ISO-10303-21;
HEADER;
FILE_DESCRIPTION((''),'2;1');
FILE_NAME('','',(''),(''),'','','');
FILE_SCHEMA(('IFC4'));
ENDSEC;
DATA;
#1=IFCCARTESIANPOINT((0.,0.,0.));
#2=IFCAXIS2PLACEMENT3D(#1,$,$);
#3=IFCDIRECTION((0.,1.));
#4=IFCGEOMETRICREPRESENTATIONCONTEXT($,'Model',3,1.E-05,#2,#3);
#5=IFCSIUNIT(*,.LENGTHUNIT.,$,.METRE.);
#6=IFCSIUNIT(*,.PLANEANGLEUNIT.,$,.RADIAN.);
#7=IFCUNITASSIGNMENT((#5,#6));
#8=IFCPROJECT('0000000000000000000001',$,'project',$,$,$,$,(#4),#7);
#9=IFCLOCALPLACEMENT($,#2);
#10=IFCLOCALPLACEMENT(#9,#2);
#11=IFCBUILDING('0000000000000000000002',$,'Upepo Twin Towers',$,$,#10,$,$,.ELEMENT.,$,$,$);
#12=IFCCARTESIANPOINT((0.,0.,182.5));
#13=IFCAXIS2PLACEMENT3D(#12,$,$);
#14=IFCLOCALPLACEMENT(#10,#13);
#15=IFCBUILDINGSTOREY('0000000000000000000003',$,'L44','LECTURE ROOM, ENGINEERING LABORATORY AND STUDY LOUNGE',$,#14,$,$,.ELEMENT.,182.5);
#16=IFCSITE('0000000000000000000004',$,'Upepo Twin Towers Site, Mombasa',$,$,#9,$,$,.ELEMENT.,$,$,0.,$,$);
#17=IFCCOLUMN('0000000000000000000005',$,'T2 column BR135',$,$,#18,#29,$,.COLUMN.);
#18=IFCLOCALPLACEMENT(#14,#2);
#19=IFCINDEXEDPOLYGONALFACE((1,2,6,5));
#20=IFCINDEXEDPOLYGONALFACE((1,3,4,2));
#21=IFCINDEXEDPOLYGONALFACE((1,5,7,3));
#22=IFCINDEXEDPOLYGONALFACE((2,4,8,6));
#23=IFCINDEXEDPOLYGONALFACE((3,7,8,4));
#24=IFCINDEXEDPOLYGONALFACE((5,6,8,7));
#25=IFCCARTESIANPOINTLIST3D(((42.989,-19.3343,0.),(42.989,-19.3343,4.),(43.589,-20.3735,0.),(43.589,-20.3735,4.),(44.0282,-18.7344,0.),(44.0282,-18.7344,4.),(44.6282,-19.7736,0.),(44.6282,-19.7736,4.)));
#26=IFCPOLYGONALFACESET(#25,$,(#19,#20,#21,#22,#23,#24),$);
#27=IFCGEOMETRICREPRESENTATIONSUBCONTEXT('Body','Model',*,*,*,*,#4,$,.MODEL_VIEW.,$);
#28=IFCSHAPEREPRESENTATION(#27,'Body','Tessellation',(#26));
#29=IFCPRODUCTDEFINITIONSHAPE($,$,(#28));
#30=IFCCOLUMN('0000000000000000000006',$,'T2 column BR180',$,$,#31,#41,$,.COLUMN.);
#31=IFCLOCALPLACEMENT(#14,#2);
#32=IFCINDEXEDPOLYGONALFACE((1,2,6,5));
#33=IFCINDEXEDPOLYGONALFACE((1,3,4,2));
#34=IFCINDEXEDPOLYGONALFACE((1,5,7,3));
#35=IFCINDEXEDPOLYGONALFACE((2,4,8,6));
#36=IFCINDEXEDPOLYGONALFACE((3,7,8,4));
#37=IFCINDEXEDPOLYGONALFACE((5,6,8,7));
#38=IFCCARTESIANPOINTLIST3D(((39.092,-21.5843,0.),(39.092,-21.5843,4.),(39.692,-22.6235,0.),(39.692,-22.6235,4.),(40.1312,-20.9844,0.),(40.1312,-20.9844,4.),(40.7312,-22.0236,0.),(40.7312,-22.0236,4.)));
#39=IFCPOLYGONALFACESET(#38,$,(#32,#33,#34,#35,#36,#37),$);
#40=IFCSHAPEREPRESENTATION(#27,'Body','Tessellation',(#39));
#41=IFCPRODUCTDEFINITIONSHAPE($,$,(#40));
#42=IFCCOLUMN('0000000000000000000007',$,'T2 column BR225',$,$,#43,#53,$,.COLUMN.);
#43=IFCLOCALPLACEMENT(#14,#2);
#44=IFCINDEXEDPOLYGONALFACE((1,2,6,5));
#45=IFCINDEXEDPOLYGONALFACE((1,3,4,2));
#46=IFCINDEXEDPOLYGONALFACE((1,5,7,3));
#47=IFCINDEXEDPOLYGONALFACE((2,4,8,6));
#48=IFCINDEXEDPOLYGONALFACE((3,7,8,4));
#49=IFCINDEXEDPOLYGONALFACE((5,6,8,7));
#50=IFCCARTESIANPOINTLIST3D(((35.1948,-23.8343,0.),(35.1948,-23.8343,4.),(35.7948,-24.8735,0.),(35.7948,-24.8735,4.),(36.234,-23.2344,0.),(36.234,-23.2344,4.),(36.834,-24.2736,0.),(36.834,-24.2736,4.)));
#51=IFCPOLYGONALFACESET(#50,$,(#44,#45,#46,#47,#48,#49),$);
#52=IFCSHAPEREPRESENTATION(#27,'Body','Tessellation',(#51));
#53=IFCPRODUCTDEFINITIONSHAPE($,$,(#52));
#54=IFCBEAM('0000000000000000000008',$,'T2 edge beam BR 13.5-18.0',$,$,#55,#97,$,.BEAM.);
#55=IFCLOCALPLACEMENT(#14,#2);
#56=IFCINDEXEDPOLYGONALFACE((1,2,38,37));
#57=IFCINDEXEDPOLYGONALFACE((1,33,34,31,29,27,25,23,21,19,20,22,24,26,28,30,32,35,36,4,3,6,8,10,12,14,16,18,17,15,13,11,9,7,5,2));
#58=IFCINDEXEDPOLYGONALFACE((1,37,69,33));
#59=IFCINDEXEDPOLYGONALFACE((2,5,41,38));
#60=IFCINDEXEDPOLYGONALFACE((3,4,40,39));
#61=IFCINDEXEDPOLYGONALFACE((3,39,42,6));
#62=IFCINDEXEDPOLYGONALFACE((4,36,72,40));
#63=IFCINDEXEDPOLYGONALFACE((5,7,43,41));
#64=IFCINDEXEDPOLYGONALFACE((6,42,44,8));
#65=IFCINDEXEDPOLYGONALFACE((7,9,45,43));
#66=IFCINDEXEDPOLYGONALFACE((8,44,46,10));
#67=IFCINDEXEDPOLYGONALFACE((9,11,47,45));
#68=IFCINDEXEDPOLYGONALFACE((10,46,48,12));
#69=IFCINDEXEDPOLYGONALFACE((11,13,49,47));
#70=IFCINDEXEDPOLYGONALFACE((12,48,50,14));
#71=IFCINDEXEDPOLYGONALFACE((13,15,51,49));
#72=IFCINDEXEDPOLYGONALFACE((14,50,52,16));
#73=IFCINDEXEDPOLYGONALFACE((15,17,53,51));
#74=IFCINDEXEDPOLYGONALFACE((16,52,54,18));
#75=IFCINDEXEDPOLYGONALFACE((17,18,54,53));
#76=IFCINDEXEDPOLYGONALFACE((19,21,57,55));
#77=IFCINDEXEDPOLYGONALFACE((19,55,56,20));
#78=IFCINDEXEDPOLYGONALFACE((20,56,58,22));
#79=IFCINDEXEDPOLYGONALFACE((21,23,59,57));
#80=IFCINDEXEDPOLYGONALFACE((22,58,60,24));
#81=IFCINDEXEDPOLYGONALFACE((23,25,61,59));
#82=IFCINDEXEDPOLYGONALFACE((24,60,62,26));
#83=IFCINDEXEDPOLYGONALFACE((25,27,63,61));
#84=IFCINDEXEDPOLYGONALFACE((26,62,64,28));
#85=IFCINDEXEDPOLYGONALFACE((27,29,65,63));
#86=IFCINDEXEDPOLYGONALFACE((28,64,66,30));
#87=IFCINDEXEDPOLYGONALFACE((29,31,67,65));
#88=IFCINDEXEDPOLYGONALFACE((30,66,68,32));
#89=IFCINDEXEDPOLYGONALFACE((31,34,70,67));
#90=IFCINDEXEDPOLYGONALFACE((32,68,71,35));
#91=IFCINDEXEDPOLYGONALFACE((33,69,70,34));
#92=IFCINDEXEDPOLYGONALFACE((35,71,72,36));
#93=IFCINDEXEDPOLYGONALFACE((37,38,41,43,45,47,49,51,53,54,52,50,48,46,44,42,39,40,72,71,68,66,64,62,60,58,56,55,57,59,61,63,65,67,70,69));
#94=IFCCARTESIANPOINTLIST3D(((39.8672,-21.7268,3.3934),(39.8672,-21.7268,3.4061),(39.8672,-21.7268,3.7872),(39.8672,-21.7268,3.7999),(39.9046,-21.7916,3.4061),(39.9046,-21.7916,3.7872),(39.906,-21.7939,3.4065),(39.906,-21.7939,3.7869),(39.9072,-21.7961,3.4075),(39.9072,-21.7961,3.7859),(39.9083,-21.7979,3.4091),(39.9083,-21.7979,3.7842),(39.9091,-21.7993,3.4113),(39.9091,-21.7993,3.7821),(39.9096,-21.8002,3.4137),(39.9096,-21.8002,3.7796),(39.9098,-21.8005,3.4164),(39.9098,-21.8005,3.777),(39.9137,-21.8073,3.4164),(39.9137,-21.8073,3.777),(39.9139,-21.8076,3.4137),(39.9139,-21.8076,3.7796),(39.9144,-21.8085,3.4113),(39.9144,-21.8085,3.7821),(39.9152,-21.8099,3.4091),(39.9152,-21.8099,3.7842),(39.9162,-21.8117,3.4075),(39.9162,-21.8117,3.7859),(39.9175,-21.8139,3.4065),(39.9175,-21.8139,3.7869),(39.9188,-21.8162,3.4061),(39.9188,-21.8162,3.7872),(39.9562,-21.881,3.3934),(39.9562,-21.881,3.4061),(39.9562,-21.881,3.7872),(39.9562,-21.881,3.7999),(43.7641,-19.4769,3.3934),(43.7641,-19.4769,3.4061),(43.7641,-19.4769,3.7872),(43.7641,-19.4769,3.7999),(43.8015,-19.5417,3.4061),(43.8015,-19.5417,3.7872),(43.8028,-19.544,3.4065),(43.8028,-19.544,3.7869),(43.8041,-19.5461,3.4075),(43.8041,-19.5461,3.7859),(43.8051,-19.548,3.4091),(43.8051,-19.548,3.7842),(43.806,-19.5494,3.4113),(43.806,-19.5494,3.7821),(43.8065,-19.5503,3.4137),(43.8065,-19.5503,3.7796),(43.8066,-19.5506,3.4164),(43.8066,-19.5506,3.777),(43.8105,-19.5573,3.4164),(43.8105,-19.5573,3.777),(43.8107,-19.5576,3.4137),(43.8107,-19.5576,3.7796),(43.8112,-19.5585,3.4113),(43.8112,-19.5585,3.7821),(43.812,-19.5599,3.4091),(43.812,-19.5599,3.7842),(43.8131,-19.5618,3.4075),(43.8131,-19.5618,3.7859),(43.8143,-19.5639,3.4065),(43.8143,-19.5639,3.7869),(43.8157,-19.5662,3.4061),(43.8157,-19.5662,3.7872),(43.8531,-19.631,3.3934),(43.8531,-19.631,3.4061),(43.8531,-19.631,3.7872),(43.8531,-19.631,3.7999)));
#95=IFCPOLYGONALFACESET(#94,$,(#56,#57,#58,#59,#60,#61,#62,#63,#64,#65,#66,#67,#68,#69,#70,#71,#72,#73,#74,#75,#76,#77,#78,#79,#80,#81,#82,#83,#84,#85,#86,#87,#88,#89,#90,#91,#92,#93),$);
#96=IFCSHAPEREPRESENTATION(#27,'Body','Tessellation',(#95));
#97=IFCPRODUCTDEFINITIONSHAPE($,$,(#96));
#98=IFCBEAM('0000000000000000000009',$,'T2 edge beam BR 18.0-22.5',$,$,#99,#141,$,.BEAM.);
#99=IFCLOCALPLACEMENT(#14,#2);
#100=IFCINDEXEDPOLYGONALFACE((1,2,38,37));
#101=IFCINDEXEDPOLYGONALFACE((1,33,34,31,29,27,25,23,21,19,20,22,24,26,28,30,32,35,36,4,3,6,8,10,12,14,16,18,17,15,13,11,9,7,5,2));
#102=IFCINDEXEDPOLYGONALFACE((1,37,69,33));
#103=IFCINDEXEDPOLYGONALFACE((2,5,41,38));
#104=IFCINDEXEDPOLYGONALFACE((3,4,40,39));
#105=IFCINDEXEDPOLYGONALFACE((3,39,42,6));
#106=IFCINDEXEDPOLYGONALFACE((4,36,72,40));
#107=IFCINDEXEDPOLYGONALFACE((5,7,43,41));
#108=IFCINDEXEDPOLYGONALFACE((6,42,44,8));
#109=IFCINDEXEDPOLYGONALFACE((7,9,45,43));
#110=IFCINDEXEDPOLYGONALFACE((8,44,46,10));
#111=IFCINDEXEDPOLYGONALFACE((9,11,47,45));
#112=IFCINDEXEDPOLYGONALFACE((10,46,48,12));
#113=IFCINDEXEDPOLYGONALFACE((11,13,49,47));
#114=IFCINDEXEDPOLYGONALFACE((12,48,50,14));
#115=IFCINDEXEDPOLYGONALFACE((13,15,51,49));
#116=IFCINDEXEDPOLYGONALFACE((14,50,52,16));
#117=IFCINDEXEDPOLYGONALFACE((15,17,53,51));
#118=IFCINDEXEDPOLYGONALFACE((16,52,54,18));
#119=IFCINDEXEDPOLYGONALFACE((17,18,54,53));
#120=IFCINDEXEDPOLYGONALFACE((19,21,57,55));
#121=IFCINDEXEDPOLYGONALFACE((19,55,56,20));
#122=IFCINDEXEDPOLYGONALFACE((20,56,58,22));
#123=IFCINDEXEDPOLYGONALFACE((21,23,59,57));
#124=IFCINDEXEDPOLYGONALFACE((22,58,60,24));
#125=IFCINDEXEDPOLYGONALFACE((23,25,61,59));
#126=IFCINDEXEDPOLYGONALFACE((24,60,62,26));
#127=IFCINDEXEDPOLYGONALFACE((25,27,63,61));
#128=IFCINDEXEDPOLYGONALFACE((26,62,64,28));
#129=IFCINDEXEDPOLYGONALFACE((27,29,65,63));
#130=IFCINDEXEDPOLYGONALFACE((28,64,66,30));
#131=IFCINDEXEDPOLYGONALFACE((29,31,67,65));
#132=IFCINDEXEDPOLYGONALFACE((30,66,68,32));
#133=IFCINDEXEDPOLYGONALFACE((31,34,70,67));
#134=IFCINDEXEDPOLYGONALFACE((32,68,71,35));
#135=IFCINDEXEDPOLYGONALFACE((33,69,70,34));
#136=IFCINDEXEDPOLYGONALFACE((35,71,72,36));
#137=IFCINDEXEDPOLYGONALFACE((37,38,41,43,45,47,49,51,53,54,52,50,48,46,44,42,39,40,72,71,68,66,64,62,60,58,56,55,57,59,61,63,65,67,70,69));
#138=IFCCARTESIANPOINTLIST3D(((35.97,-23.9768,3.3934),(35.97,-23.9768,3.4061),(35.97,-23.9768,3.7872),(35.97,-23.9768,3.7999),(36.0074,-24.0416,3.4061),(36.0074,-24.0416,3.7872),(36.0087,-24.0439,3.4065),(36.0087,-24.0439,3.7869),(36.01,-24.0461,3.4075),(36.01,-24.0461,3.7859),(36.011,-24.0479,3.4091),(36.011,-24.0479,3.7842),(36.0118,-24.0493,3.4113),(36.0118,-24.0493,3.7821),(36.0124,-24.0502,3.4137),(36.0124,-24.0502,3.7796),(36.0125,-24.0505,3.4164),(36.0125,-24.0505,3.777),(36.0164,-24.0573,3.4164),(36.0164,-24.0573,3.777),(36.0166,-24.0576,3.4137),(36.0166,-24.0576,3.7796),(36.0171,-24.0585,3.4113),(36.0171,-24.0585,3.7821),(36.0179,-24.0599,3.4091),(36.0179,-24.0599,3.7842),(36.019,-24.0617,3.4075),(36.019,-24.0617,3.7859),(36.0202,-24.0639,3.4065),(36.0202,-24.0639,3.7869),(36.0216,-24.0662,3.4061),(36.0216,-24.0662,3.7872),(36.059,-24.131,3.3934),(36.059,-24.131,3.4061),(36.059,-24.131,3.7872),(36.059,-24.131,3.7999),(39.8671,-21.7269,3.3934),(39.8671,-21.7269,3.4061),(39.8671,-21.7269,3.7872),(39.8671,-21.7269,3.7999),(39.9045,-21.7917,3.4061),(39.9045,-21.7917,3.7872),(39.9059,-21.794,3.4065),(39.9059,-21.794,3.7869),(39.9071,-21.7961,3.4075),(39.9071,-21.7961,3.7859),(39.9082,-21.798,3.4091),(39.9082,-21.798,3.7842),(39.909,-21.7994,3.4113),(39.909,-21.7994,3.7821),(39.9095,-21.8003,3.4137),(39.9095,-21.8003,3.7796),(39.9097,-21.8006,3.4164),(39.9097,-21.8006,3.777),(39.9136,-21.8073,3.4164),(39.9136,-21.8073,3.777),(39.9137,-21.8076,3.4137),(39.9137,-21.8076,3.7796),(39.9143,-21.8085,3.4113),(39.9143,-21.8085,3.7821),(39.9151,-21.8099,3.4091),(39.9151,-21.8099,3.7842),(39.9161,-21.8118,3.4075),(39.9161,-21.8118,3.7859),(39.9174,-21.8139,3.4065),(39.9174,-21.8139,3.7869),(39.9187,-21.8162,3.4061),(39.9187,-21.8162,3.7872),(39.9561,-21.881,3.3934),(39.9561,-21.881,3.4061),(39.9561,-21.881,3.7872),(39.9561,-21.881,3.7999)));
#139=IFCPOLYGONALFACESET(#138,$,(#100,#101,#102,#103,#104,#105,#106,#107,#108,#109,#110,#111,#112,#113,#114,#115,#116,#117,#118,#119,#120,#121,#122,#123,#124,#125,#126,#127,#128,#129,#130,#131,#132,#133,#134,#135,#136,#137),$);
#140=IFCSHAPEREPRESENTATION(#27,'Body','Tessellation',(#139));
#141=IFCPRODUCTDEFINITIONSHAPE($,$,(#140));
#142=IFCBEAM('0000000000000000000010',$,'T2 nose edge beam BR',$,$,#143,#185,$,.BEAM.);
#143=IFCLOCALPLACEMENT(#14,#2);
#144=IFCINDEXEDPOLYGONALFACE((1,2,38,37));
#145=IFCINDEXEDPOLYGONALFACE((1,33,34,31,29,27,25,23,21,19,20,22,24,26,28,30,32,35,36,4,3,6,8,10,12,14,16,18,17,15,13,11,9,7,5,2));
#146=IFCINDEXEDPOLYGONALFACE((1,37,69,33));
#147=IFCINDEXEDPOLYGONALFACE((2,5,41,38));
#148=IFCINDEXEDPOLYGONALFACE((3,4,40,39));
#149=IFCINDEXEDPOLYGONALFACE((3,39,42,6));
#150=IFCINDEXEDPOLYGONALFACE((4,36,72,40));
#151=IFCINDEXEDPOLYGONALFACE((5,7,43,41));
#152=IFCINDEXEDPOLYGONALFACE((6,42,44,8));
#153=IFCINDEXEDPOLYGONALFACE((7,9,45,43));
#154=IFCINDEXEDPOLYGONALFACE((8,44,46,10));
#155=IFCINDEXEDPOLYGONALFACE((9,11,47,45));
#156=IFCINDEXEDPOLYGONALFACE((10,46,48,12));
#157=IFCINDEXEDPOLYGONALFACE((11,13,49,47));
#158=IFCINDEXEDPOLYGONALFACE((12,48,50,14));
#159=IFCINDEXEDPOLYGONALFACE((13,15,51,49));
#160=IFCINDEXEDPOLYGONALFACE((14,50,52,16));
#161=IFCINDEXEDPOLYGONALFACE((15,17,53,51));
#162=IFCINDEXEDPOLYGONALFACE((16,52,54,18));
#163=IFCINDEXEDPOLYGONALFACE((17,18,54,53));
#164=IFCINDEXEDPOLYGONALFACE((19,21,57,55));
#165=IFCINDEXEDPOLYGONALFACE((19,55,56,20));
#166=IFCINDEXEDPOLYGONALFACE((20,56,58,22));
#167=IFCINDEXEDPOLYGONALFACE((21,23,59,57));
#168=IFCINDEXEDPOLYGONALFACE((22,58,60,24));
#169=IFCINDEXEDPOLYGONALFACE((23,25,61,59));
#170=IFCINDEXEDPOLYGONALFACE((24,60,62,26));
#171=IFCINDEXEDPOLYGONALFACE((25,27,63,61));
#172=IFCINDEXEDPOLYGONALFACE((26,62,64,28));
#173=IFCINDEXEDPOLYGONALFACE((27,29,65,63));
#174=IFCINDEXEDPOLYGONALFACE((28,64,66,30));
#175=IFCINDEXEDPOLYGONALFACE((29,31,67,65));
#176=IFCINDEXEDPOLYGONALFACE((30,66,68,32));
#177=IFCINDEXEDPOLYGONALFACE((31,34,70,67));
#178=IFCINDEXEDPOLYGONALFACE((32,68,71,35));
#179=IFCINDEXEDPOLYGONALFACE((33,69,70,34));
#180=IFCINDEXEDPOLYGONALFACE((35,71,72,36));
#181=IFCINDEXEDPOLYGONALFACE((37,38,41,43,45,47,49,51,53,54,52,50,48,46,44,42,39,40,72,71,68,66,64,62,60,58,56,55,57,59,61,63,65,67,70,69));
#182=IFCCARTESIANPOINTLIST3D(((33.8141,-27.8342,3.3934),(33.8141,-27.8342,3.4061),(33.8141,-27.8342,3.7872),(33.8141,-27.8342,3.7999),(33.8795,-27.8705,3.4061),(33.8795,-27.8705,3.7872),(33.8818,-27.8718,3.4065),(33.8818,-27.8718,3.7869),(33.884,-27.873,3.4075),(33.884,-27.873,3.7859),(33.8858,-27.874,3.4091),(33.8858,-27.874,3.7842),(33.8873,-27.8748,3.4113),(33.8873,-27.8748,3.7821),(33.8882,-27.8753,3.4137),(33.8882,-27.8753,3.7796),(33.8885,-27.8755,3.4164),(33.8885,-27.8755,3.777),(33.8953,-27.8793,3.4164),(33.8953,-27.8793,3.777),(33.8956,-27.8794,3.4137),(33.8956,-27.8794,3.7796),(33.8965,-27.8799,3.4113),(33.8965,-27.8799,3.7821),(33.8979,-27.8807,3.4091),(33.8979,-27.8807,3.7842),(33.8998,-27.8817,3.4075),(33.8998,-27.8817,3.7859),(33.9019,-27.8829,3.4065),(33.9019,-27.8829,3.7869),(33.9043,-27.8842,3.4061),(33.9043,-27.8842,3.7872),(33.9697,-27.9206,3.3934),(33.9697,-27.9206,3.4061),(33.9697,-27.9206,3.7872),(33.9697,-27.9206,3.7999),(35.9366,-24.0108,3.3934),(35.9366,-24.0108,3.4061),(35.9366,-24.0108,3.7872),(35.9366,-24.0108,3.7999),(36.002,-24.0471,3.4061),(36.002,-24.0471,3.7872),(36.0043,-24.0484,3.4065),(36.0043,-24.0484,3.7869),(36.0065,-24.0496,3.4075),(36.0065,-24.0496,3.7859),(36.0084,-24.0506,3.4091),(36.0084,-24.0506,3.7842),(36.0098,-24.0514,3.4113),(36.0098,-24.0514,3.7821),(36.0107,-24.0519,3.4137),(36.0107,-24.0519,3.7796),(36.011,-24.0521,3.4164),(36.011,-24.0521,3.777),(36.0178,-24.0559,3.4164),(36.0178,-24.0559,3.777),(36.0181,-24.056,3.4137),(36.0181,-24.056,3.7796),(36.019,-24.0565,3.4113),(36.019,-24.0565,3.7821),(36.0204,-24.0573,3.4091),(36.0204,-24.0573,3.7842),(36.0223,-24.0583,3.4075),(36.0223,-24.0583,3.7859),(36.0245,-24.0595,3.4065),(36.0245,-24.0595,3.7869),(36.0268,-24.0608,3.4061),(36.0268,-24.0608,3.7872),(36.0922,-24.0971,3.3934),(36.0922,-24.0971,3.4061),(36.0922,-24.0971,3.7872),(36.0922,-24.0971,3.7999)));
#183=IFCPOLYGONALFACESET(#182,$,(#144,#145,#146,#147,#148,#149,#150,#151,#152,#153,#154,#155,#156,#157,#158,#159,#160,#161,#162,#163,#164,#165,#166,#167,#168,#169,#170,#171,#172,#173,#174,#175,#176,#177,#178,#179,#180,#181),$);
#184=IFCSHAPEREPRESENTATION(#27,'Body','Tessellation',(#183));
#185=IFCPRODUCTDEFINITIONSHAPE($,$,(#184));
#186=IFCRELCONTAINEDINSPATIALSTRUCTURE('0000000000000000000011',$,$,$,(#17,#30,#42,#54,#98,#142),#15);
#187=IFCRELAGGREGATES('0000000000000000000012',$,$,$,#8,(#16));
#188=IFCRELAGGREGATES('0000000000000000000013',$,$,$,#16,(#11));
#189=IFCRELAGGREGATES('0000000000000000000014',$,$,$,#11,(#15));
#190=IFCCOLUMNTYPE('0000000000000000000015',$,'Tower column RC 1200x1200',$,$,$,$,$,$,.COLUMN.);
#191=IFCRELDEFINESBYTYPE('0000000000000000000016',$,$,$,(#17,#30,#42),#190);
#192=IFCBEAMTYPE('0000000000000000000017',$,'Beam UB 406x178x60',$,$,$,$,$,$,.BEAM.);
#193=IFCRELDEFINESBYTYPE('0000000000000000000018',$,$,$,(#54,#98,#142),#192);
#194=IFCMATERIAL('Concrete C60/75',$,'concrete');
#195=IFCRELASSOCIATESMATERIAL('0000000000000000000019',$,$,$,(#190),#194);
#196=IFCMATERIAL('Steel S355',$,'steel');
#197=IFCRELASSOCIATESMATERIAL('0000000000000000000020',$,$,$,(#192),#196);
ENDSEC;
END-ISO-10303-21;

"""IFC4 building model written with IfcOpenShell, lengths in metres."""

from ifc_helpers import new_model, si_unit, direction, frame, origin, origin_2d, place, context, subcontext, project, spatial, rectangle, i_section, extrude, material, material_profile, profile_set, type_object, element, save


model = new_model("IFC4")

# Units and contexts
model_context = context("Model", 3, precision=1e-05, world=origin(), true_north=direction((0.0, 1.0)))
body_context = subcontext(model_context, "Body", "Model", "MODEL_VIEW")
ifc_project = project(units=[si_unit("LENGTHUNIT", "METRE"), si_unit("PLANEANGLEUNIT", "RADIAN")], contexts=[model_context])

# Site, building, storey
site_placement = place(None, origin())
site = spatial("IfcSite", under=ifc_project, at=site_placement, Name="Upepo Twin Towers Site, Mombasa", CompositionType="ELEMENT", RefElevation=0.0)
building_placement = place(site_placement, origin())
building = spatial("IfcBuilding", under=site, at=building_placement, Name="Upepo Twin Towers", CompositionType="ELEMENT")
storey_placement = place(building_placement, frame((0.0, 0.0, 182.5)))
storey = spatial("IfcBuildingStorey", under=building, at=storey_placement, Name="L44", Description="LECTURE ROOM, ENGINEERING LABORATORY AND STUDY LOUNGE", CompositionType="ELEMENT", Elevation=182.5)

# Columns
ifc_material_1 = material(Name="Concrete C60/75", Category="concrete")
ifc_material_profile_1 = material_profile(ifc_material_1, rectangle(XDim=1.2, YDim=1.2, at=origin_2d()), Name="RC 1200x1200")
ifc_profile_set_1 = profile_set([ifc_material_profile_1], Name="Concrete C60/75")
column_type = type_object("IfcColumnType", Name="Tower column RC 1200x1200", PredefinedType="COLUMN", material=ifc_profile_set_1)
for number, where, z_axis, x_axis, name in (
    (1, (43.8086, -19.554, 0.0), (0.0, 0.0, 1.0), (0.866025, 0.5, 0.0), "T2 column BR135"),
    (2, (39.9116, -21.804, 0.0), (0.0, 0.0, 1.0), (0.866025, 0.5, 0.0), "T2 column BR180"),
    (3, (36.0144, -24.054, 0.0), (0.0, 0.0, 1.0), (0.866025, 0.5, 0.0), "T2 column BR225"),
):
    element("IfcColumn", number, at=place(storey_placement, frame(where, z_axis=z_axis, x_axis=x_axis)), inside=storey, type_object=column_type, Name=name, PredefinedType="COLUMN", context=body_context, shape_type="SweptSolid", body=[
        extrude(rectangle(XDim=1.2, YDim=1.2, at=origin_2d()), origin(), (0.0, 0.0, 1.0), 4.0),
    ])

# Beams
ifc_material_2 = material(Name="Steel S355", Category="steel")
ifc_material_profile_2 = material_profile(ifc_material_2, i_section(OverallWidth=0.178, OverallDepth=0.4065, WebThickness=0.0078, FlangeThickness=0.0127, FilletRadius=0.0103, at=origin_2d()), Name="UB 406x178x60")
ifc_profile_set_2 = profile_set([ifc_material_profile_2], Name="Steel S355")
beam_type_1 = type_object("IfcBeamType", Name="Beam UB 406x178x60", PredefinedType="BEAM", material=ifc_profile_set_2)
beam_1_placement = place(storey_placement, frame((43.8086, -19.554, 3.5967), z_axis=(-0.866018, -0.500014, 0.0), x_axis=(0.500014, -0.866018, 0.0)))
element("IfcBeam", 4, at=beam_1_placement, inside=storey, type_object=beam_type_1, Name="T2 edge beam BR 13.5-18.0", PredefinedType="BEAM", context=body_context, shape_type="SweptSolid", body=[
    extrude(i_section(OverallWidth=0.178, OverallDepth=0.4065, WebThickness=0.0078, FlangeThickness=0.0127, FilletRadius=0.0103, at=origin_2d()), origin(), (0.0, 0.0, 1.0), 4.4998),
])
beam_2_placement = place(storey_placement, frame((39.9116, -21.804, 3.5967), z_axis=(-0.866031, -0.49999, 0.0), x_axis=(0.49999, -0.866031, 0.0)))
element("IfcBeam", 5, at=beam_2_placement, inside=storey, type_object=beam_type_1, Name="T2 edge beam BR 18.0-22.5", PredefinedType="BEAM", context=body_context, shape_type="SweptSolid", body=[
    extrude(i_section(OverallWidth=0.178, OverallDepth=0.4065, WebThickness=0.0078, FlangeThickness=0.0127, FilletRadius=0.0103, at=origin_2d()), origin(), (0.0, 0.0, 1.0), 4.5),
])
beam_3_placement = place(storey_placement, frame((36.0144, -24.054, 3.5967), z_axis=(-0.485363, -0.874313, 0.0), x_axis=(0.874313, -0.485363, 0.0)))
element("IfcBeam", 6, at=beam_3_placement, inside=storey, type_object=beam_type_1, Name="T2 nose edge beam BR", PredefinedType="BEAM", context=body_context, shape_type="SweptSolid", body=[
    extrude(i_section(OverallWidth=0.178, OverallDepth=0.4065, WebThickness=0.0078, FlangeThickness=0.0127, FilletRadius=0.0103, at=origin_2d()), origin(), (0.0, 0.0, 1.0), 4.373),
])

save(model, "model.ifc")
